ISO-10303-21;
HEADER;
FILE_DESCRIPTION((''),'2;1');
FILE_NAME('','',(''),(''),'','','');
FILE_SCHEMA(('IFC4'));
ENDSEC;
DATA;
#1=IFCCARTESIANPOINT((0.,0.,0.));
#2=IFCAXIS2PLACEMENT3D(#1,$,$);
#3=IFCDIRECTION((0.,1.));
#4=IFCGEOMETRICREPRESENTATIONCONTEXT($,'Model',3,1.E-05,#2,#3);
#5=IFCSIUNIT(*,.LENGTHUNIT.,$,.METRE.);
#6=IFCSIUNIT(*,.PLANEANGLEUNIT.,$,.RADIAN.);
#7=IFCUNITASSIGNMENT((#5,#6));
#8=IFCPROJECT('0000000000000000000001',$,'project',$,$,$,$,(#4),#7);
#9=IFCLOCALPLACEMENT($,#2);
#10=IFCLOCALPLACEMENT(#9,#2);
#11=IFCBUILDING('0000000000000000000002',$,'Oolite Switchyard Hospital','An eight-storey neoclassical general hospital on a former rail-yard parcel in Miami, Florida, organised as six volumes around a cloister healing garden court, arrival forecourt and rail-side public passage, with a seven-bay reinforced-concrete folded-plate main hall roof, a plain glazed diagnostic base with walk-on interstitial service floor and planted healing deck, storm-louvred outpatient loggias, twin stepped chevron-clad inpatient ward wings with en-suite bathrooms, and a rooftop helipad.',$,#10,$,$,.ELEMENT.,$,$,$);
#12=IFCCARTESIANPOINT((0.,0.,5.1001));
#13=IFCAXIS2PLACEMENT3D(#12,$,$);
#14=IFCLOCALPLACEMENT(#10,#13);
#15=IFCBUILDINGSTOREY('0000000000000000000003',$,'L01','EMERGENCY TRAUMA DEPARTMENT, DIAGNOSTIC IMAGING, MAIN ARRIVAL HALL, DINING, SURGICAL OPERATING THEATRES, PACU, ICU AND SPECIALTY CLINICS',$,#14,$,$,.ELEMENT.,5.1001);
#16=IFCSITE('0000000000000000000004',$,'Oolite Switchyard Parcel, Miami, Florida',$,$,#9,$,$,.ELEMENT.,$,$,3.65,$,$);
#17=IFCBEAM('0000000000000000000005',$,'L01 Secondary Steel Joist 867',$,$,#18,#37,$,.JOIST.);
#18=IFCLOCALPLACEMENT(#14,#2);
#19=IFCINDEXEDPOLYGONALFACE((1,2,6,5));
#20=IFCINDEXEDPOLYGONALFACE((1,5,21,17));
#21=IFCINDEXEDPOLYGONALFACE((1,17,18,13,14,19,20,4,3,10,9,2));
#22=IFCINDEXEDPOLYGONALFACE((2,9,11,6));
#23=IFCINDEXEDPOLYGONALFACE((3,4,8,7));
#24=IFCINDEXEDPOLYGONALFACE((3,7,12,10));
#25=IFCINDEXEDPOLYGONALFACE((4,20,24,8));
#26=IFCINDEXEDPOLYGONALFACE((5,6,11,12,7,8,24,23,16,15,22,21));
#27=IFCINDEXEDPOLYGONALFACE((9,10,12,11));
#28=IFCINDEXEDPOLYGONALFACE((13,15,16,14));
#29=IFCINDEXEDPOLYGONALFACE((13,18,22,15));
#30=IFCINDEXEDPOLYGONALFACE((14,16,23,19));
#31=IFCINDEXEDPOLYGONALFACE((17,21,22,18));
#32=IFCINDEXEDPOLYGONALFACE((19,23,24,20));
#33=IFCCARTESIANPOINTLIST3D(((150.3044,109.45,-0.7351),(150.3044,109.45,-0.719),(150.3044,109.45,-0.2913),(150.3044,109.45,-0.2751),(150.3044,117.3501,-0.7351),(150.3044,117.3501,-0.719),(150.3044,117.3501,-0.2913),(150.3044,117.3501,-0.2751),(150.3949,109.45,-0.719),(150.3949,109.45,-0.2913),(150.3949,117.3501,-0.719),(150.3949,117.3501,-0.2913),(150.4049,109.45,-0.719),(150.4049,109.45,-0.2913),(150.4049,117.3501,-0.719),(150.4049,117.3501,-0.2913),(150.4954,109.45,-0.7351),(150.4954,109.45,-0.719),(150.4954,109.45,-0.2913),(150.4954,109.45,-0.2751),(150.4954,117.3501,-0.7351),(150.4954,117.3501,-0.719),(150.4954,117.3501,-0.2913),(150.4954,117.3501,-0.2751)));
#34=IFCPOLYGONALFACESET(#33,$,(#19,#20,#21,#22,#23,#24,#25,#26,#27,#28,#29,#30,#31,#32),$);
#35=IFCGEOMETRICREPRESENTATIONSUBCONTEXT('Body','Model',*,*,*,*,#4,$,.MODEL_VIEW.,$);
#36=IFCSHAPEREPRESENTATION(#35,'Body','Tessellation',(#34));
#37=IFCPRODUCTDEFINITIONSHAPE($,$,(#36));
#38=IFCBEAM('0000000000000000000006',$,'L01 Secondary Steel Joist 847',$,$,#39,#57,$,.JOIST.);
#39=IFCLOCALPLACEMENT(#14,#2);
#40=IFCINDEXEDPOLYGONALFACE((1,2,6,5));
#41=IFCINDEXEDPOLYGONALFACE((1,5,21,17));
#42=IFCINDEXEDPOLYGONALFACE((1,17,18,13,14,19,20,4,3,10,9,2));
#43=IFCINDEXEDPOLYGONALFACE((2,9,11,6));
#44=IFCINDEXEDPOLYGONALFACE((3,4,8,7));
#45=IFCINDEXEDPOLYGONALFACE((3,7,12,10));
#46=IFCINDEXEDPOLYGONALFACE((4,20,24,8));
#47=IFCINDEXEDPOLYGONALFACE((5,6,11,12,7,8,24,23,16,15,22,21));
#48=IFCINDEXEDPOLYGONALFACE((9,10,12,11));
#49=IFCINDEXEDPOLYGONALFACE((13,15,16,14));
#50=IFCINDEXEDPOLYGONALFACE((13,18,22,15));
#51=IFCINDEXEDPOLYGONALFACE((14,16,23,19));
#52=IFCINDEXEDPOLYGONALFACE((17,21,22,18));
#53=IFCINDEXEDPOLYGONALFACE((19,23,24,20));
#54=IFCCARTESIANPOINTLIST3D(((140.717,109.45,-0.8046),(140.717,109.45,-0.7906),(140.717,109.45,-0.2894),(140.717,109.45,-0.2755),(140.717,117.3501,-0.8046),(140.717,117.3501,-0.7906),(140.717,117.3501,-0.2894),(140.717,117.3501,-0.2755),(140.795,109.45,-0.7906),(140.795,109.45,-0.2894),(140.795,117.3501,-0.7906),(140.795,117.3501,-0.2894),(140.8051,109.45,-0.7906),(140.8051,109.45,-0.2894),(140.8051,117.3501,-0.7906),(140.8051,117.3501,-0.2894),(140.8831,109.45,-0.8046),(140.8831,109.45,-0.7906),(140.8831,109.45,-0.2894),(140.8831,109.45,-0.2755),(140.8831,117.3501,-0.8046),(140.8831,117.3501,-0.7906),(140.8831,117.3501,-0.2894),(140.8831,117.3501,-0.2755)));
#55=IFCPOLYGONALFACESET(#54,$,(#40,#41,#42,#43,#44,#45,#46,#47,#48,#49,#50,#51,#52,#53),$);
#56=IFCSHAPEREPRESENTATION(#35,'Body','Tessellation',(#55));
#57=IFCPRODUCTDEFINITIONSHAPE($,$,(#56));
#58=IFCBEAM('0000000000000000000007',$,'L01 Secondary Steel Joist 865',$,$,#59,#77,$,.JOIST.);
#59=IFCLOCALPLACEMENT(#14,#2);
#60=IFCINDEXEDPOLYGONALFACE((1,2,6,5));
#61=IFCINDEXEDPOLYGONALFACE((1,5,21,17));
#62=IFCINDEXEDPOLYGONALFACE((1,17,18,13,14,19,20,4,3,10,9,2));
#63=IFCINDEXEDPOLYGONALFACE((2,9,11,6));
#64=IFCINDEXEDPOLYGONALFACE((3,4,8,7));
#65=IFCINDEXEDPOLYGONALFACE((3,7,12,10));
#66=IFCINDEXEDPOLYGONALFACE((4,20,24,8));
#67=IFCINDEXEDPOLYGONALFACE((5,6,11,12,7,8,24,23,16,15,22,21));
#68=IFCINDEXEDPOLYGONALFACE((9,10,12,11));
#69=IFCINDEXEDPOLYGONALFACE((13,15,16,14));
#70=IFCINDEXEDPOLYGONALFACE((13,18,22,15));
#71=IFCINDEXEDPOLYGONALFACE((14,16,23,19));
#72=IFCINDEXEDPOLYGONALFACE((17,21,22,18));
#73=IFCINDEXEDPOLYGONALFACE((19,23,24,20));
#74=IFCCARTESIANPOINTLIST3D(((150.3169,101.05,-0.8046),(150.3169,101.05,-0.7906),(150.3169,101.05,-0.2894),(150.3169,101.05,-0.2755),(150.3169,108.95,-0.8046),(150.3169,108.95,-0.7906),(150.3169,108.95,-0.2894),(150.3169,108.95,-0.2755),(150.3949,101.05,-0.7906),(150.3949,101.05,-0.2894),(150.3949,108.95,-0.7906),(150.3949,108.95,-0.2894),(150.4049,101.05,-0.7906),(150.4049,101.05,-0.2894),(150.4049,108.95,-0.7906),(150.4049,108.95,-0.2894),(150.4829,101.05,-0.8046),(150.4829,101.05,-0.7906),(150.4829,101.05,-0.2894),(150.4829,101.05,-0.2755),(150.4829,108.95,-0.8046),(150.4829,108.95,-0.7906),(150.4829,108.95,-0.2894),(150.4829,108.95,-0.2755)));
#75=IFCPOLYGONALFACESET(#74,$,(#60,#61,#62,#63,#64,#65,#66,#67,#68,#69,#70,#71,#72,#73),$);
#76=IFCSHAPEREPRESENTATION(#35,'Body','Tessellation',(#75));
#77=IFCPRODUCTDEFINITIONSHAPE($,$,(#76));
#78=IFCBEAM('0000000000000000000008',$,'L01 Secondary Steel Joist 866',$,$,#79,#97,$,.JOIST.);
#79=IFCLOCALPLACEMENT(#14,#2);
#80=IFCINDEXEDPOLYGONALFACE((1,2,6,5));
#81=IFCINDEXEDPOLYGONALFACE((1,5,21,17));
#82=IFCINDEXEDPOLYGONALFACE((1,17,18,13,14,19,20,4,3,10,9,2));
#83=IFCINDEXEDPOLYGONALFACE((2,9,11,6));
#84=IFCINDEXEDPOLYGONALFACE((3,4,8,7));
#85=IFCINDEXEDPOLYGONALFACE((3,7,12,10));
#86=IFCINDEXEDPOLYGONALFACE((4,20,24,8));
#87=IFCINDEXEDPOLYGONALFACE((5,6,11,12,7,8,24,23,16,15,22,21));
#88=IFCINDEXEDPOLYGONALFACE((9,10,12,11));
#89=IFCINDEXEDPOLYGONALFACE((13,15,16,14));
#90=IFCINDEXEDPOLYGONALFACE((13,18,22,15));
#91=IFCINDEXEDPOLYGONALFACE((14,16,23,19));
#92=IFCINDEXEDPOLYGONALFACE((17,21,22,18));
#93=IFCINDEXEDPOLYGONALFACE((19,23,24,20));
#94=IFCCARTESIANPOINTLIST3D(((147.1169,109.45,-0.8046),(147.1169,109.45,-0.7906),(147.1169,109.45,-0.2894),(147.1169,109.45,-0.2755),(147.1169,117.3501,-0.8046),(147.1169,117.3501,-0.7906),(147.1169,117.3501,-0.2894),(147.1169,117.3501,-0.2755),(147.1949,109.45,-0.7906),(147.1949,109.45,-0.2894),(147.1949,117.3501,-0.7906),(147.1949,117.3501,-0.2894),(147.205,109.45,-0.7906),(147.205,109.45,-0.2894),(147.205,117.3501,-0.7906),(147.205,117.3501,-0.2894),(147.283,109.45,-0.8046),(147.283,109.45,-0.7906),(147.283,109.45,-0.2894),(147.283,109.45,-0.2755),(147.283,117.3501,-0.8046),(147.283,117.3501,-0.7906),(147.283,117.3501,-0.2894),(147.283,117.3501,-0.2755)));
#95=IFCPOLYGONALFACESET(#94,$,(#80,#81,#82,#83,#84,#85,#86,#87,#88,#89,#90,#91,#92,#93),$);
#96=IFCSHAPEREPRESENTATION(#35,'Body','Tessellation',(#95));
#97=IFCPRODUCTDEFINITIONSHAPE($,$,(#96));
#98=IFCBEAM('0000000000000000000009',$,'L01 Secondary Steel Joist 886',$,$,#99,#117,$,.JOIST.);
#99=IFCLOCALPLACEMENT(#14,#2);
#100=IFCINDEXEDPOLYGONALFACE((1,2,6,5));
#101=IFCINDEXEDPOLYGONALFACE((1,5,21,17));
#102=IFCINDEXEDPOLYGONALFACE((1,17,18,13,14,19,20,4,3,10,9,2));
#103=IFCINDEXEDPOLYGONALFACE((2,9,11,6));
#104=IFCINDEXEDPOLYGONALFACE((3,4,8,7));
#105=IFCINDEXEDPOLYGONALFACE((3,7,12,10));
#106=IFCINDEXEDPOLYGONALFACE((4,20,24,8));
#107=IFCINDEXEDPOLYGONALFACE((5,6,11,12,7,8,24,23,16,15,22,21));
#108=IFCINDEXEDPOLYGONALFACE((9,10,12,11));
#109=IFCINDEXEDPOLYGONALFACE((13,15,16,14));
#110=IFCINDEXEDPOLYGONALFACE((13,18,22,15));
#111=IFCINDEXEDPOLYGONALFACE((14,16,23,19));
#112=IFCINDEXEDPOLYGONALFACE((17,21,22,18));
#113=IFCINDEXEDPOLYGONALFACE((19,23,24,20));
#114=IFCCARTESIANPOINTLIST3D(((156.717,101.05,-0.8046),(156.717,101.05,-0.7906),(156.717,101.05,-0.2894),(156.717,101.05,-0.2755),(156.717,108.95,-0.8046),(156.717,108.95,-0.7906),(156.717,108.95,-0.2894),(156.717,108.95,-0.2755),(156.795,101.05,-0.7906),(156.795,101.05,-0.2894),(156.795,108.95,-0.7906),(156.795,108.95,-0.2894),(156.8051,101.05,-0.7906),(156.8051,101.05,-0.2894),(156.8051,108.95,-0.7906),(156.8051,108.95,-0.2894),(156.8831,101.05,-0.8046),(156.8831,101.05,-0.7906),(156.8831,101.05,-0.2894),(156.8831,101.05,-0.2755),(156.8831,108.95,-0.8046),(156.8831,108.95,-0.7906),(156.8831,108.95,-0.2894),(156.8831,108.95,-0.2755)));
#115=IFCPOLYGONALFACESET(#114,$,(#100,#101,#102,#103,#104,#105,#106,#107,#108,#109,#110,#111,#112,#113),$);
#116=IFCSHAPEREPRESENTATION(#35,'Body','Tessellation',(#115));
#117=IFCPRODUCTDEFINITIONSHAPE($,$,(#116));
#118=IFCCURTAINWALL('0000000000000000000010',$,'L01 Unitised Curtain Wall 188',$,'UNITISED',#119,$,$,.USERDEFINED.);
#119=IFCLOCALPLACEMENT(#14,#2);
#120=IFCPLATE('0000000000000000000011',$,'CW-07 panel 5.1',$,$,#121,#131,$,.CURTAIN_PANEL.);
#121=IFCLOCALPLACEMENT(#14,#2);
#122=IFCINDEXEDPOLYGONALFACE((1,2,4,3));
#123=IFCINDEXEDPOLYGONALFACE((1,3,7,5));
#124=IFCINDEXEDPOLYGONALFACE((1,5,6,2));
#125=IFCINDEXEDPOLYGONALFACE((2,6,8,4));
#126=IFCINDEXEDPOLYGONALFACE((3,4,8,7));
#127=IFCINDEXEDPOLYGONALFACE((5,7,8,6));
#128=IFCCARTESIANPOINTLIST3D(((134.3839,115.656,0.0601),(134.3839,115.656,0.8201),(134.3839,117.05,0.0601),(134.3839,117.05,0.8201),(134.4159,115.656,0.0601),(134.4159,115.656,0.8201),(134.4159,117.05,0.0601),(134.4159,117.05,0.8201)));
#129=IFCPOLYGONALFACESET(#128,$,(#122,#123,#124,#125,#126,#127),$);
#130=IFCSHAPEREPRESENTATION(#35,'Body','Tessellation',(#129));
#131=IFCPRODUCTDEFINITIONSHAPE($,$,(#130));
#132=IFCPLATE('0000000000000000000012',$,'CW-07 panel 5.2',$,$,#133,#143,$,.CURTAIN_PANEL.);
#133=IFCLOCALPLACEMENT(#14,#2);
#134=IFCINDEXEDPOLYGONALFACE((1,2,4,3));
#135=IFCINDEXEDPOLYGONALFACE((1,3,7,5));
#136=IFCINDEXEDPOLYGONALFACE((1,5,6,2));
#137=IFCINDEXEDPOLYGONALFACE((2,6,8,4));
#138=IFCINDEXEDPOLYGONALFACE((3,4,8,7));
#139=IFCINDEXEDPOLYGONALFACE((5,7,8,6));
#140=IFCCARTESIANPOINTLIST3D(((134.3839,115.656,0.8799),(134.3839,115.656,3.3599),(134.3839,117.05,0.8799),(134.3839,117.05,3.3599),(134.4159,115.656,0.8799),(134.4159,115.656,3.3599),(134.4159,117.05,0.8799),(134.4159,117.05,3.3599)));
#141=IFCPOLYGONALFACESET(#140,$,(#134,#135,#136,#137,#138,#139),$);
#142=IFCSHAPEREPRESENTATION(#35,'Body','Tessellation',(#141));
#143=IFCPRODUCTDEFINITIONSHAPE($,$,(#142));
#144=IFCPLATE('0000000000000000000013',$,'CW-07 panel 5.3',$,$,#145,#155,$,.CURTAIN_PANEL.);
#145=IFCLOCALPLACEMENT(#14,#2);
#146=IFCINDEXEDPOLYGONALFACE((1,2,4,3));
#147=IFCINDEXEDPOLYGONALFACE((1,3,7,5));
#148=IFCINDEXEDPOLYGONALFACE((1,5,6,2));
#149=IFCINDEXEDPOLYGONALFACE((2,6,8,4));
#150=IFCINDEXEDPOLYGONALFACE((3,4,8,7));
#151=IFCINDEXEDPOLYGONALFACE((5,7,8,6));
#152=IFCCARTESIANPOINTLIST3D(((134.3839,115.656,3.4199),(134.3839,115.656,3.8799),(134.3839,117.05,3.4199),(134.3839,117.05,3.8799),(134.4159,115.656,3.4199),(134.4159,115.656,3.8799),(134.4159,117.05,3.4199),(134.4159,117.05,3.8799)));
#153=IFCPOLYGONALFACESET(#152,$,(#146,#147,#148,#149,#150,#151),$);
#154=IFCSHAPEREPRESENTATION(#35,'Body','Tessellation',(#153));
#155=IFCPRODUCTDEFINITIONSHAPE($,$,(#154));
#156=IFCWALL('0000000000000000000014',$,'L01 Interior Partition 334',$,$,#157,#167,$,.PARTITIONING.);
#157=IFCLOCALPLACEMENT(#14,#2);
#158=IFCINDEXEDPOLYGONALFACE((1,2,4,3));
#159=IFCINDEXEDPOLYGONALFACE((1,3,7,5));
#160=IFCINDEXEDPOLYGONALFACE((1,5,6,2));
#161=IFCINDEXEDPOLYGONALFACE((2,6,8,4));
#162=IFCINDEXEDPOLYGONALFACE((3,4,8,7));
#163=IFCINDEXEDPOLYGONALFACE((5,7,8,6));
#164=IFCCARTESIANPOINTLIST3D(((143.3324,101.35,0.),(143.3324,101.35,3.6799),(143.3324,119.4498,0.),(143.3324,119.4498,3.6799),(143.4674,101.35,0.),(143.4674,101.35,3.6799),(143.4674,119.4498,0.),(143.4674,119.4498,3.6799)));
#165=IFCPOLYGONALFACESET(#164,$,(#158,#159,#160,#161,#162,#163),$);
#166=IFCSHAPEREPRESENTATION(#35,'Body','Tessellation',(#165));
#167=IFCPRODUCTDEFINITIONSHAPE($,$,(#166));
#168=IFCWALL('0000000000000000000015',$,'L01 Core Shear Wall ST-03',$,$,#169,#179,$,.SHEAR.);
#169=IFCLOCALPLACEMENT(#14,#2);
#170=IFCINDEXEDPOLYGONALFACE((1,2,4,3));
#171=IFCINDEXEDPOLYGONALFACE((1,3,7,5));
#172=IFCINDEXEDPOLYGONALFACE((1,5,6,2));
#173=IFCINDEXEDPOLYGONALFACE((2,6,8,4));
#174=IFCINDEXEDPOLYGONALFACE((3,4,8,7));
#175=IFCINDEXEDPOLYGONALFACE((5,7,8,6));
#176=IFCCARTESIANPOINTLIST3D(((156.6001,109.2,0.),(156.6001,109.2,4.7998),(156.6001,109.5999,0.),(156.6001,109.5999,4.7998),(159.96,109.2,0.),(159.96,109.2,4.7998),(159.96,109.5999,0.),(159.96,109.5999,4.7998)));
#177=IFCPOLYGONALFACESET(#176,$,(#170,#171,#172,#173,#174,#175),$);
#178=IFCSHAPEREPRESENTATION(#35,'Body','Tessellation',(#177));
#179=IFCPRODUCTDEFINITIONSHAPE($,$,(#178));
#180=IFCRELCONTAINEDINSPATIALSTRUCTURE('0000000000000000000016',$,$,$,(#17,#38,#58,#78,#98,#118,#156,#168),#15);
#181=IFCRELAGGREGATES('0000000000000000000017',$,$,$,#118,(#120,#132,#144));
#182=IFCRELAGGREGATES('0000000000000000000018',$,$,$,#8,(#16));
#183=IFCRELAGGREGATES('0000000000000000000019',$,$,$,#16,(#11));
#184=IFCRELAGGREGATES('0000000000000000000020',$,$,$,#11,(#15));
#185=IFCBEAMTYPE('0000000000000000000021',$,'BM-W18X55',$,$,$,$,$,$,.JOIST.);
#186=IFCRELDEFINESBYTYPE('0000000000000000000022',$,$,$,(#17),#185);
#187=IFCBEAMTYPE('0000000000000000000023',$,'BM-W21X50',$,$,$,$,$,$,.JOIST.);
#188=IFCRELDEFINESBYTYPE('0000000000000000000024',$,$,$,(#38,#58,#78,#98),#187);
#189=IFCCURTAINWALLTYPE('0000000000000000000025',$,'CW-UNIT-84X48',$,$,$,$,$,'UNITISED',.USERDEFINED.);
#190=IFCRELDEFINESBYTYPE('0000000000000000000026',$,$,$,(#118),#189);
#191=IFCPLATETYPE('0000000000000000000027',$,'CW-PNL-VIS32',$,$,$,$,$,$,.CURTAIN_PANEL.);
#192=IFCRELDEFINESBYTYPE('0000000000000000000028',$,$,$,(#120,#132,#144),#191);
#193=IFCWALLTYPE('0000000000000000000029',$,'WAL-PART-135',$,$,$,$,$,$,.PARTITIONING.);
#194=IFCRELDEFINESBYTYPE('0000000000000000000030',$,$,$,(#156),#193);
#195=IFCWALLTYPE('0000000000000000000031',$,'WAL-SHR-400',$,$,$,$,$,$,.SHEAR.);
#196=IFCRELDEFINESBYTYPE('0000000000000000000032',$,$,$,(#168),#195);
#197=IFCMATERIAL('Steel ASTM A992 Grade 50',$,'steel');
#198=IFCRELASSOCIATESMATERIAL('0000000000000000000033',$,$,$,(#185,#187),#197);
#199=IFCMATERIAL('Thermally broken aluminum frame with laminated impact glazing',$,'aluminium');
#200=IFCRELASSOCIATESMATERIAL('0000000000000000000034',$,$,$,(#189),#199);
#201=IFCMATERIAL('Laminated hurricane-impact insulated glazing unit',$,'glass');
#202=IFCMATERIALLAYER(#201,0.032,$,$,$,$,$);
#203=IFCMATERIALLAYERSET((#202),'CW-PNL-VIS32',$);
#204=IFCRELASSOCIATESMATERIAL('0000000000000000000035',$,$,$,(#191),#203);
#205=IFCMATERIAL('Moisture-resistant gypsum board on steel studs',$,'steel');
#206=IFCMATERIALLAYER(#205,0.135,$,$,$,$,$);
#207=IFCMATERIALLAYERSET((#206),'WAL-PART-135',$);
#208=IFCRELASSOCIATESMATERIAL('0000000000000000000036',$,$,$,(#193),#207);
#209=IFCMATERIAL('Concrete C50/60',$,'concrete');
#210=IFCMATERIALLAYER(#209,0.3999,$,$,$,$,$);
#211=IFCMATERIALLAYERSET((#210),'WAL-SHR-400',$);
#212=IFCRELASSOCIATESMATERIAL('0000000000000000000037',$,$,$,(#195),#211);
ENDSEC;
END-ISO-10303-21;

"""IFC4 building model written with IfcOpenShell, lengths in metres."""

from ifc_helpers import new_model, si_unit, direction, frame, frame_2d, origin, origin_2d, place, context, subcontext, project, spatial, rectangle, i_section, extrude, material, layer, layer_set, material_profile, profile_set, type_object, element, aggregate, save


model = new_model("IFC4")

# Units and contexts
model_context = context("Model", 3, precision=1e-05, world=origin(), true_north=direction((0.0, 1.0)))
body_context = subcontext(model_context, "Body", "Model", "MODEL_VIEW")
ifc_project = project(units=[si_unit("LENGTHUNIT", "METRE"), si_unit("PLANEANGLEUNIT", "RADIAN")], contexts=[model_context])

# Site, building, storey
site_placement = place(None, origin())
site = spatial("IfcSite", under=ifc_project, at=site_placement, Name="Oolite Switchyard Parcel, Miami, Florida", CompositionType="ELEMENT", RefElevation=3.65)
building_placement = place(site_placement, origin())
building = spatial("IfcBuilding", under=site, at=building_placement, Name="Oolite Switchyard Hospital", Description="An eight-storey neoclassical general hospital on a former rail-yard parcel in Miami, Florida, organised as six volumes around a cloister healing garden court, arrival forecourt and rail-side public passage, with a seven-bay reinforced-concrete folded-plate main hall roof, a plain glazed diagnostic base with walk-on interstitial service floor and planted healing deck, storm-louvred outpatient loggias, twin stepped chevron-clad inpatient ward wings with en-suite bathrooms, and a rooftop helipad.", CompositionType="ELEMENT")
storey_placement = place(building_placement, frame((0.0, 0.0, 5.1001)))
storey = spatial("IfcBuildingStorey", under=building, at=storey_placement, Name="L01", Description="EMERGENCY TRAUMA DEPARTMENT, DIAGNOSTIC IMAGING, MAIN ARRIVAL HALL, DINING, SURGICAL OPERATING THEATRES, PACU, ICU AND SPECIALTY CLINICS", CompositionType="ELEMENT", Elevation=5.1001)

# Shared definitions
ifc_material_1 = material(Name="Concrete C50/60", Category="concrete")

# Beams
ifc_material_2 = material(Name="Steel ASTM A992 Grade 50", Category="steel")
ifc_material_profile_1 = material_profile(ifc_material_2, i_section(OverallWidth=0.1909, OverallDepth=0.46, WebThickness=0.01, FlangeThickness=0.0161, at=origin_2d()), Name="W18X55")
ifc_profile_set_1 = profile_set([ifc_material_profile_1], Name="Steel ASTM A992 Grade 50")
beam_type_1 = type_object("IfcBeamType", Name="BM-W18X55", PredefinedType="JOIST", material=ifc_profile_set_1)
beam_1_placement = place(storey_placement, frame((150.3999, 109.45, -0.5051), z_axis=(0.0, 1.0, 0.0), x_axis=(-1.0, 0.0, 0.0)))
element("IfcBeam", 1, at=beam_1_placement, inside=storey, type_object=beam_type_1, Name="L01 Secondary Steel Joist 867", PredefinedType="JOIST", context=body_context, shape_type="SweptSolid", body=[
    extrude(i_section(OverallWidth=0.1909, OverallDepth=0.46, WebThickness=0.01, FlangeThickness=0.0161, at=origin_2d()), origin(), (0.0, 0.0, 1.0), 7.9001),
])
ifc_material_profile_2 = material_profile(ifc_material_2, i_section(OverallWidth=0.166, OverallDepth=0.5291, WebThickness=0.01, FlangeThickness=0.0139, at=origin_2d()), Name="W21X50")
ifc_profile_set_2 = profile_set([ifc_material_profile_2], Name="Steel ASTM A992 Grade 50")
beam_type_2 = type_object("IfcBeamType", Name="BM-W21X50", PredefinedType="JOIST", material=ifc_profile_set_2)
beam_2_placement = place(storey_placement, frame((140.8, 109.45, -0.54), z_axis=(0.0, 1.0, 0.0), x_axis=(-1.0, 0.0, 0.0)))
element("IfcBeam", 2, at=beam_2_placement, inside=storey, type_object=beam_type_2, Name="L01 Secondary Steel Joist 847", PredefinedType="JOIST", context=body_context, shape_type="SweptSolid", body=[
    extrude(i_section(OverallWidth=0.166, OverallDepth=0.5291, WebThickness=0.01, FlangeThickness=0.0139, at=origin_2d()), origin(), (0.0, 0.0, 1.0), 7.9001),
])
beam_3_placement = place(storey_placement, frame((150.3999, 101.05, -0.54), z_axis=(0.0, 1.0, 0.0), x_axis=(-1.0, 0.0, 0.0)))
element("IfcBeam", 3, at=beam_3_placement, inside=storey, type_object=beam_type_2, Name="L01 Secondary Steel Joist 865", PredefinedType="JOIST", context=body_context, shape_type="SweptSolid", body=[
    extrude(i_section(OverallWidth=0.166, OverallDepth=0.5291, WebThickness=0.01, FlangeThickness=0.0139, at=origin_2d()), origin(), (0.0, 0.0, 1.0), 7.8999),
])
beam_4_placement = place(storey_placement, frame((147.2, 109.45, -0.54), z_axis=(0.0, 1.0, 0.0), x_axis=(-1.0, 0.0, 0.0)))
element("IfcBeam", 4, at=beam_4_placement, inside=storey, type_object=beam_type_2, Name="L01 Secondary Steel Joist 866", PredefinedType="JOIST", context=body_context, shape_type="SweptSolid", body=[
    extrude(i_section(OverallWidth=0.166, OverallDepth=0.5291, WebThickness=0.01, FlangeThickness=0.0139, at=origin_2d()), origin(), (0.0, 0.0, 1.0), 7.9001),
])
beam_5_placement = place(storey_placement, frame((156.8, 101.05, -0.54), z_axis=(0.0, 1.0, 0.0), x_axis=(-1.0, 0.0, 0.0)))
element("IfcBeam", 5, at=beam_5_placement, inside=storey, type_object=beam_type_2, Name="L01 Secondary Steel Joist 886", PredefinedType="JOIST", context=body_context, shape_type="SweptSolid", body=[
    extrude(i_section(OverallWidth=0.166, OverallDepth=0.5291, WebThickness=0.01, FlangeThickness=0.0139, at=origin_2d()), origin(), (0.0, 0.0, 1.0), 7.8999),
])

# Curtain wall, plates
ifc_material_3 = material(Name="Thermally broken aluminum frame with laminated impact glazing", Category="aluminium")
curtain_wall_type = type_object("IfcCurtainWallType", Name="CW-UNIT-84X48", ElementType="UNITISED", PredefinedType="USERDEFINED", material=ifc_material_3)
curtain_wall_placement = place(storey_placement, origin())
curtain_wall = element("IfcCurtainWall", 6, at=curtain_wall_placement, inside=storey, type_object=curtain_wall_type, Name="L01 Unitised Curtain Wall 188", ObjectType="UNITISED", PredefinedType="USERDEFINED")
ifc_material_4 = material(Name="Laminated hurricane-impact insulated glazing unit", Category="glass")
ifc_layer_1 = layer(ifc_material_4, 0.032)
ifc_layer_set_1 = layer_set([ifc_layer_1], Name="CW-PNL-VIS32")
plate_type = type_object("IfcPlateType", Name="CW-PNL-VIS32", PredefinedType="CURTAIN_PANEL", material=ifc_layer_set_1)
plate_1_placement = place(storey_placement, frame((134.3999, 116.353, 0.0601), z_axis=(0.0, 0.0, 1.0), x_axis=(0.0, 1.0, 0.0)))
plate_1 = element("IfcPlate", 7, at=plate_1_placement, type_object=plate_type, Name="CW-07 panel 5.1", PredefinedType="CURTAIN_PANEL", context=body_context, shape_type="SweptSolid", body=[
    extrude(rectangle(XDim=1.394, YDim=0.032, at=origin_2d()), origin(), (0.0, 0.0, 1.0), 0.76),
])
plate_2_placement = place(storey_placement, frame((134.3999, 116.353, 0.8799), z_axis=(0.0, 0.0, 1.0), x_axis=(0.0, 1.0, 0.0)))
plate_2 = element("IfcPlate", 8, at=plate_2_placement, type_object=plate_type, Name="CW-07 panel 5.2", PredefinedType="CURTAIN_PANEL", context=body_context, shape_type="SweptSolid", body=[
    extrude(rectangle(XDim=1.394, YDim=0.032, at=origin_2d()), origin(), (0.0, 0.0, 1.0), 2.48),
])
plate_3_placement = place(storey_placement, frame((134.3999, 116.353, 3.4199), z_axis=(0.0, 0.0, 1.0), x_axis=(0.0, 1.0, 0.0)))
plate_3 = element("IfcPlate", 9, at=plate_3_placement, type_object=plate_type, Name="CW-07 panel 5.3", PredefinedType="CURTAIN_PANEL", context=body_context, shape_type="SweptSolid", body=[
    extrude(rectangle(XDim=1.394, YDim=0.032, at=origin_2d()), origin(), (0.0, 0.0, 1.0), 0.46),
])
aggregate(curtain_wall, [plate_1, plate_2, plate_3])

# Walls
ifc_material_5 = material(Name="Moisture-resistant gypsum board on steel studs", Category="steel")
ifc_layer_2 = layer(ifc_material_5, 0.135)
ifc_layer_set_2 = layer_set([ifc_layer_2], Name="WAL-PART-135")
wall_type_1 = type_object("IfcWallType", Name="WAL-PART-135", PredefinedType="PARTITIONING", material=ifc_layer_set_2)
wall_1_placement = place(storey_placement, frame((143.3999, 101.3501, 0.0), z_axis=(0.0, 0.0, 1.0), x_axis=(0.0, 1.0, 0.0)))
element("IfcWall", 10, at=wall_1_placement, inside=storey, type_object=wall_type_1, Name="L01 Interior Partition 334", PredefinedType="PARTITIONING", context=body_context, shape_type="SweptSolid", body=[
    extrude(rectangle(XDim=18.0999, YDim=0.135, at=frame_2d((9.0498, 0.0))), origin(), (0.0, 0.0, 1.0), 3.6799),
])
ifc_layer_3 = layer(ifc_material_1, 0.3999)
ifc_layer_set_3 = layer_set([ifc_layer_3], Name="WAL-SHR-400")
wall_type_2 = type_object("IfcWallType", Name="WAL-SHR-400", PredefinedType="SHEAR", material=ifc_layer_set_3)
wall_2_placement = place(storey_placement, frame((156.6001, 109.3999, 0.0), z_axis=(0.0, 0.0, 1.0), x_axis=(1.0, 0.0, 0.0)))
element("IfcWall", 11, at=wall_2_placement, inside=storey, type_object=wall_type_2, Name="L01 Core Shear Wall ST-03", PredefinedType="SHEAR", context=body_context, shape_type="SweptSolid", body=[
    extrude(rectangle(XDim=3.3599, YDim=0.3999, at=frame_2d((1.6799, 0.0))), origin(), (0.0, 0.0, 1.0), 4.7998),
])

save(model, "model.ifc")
